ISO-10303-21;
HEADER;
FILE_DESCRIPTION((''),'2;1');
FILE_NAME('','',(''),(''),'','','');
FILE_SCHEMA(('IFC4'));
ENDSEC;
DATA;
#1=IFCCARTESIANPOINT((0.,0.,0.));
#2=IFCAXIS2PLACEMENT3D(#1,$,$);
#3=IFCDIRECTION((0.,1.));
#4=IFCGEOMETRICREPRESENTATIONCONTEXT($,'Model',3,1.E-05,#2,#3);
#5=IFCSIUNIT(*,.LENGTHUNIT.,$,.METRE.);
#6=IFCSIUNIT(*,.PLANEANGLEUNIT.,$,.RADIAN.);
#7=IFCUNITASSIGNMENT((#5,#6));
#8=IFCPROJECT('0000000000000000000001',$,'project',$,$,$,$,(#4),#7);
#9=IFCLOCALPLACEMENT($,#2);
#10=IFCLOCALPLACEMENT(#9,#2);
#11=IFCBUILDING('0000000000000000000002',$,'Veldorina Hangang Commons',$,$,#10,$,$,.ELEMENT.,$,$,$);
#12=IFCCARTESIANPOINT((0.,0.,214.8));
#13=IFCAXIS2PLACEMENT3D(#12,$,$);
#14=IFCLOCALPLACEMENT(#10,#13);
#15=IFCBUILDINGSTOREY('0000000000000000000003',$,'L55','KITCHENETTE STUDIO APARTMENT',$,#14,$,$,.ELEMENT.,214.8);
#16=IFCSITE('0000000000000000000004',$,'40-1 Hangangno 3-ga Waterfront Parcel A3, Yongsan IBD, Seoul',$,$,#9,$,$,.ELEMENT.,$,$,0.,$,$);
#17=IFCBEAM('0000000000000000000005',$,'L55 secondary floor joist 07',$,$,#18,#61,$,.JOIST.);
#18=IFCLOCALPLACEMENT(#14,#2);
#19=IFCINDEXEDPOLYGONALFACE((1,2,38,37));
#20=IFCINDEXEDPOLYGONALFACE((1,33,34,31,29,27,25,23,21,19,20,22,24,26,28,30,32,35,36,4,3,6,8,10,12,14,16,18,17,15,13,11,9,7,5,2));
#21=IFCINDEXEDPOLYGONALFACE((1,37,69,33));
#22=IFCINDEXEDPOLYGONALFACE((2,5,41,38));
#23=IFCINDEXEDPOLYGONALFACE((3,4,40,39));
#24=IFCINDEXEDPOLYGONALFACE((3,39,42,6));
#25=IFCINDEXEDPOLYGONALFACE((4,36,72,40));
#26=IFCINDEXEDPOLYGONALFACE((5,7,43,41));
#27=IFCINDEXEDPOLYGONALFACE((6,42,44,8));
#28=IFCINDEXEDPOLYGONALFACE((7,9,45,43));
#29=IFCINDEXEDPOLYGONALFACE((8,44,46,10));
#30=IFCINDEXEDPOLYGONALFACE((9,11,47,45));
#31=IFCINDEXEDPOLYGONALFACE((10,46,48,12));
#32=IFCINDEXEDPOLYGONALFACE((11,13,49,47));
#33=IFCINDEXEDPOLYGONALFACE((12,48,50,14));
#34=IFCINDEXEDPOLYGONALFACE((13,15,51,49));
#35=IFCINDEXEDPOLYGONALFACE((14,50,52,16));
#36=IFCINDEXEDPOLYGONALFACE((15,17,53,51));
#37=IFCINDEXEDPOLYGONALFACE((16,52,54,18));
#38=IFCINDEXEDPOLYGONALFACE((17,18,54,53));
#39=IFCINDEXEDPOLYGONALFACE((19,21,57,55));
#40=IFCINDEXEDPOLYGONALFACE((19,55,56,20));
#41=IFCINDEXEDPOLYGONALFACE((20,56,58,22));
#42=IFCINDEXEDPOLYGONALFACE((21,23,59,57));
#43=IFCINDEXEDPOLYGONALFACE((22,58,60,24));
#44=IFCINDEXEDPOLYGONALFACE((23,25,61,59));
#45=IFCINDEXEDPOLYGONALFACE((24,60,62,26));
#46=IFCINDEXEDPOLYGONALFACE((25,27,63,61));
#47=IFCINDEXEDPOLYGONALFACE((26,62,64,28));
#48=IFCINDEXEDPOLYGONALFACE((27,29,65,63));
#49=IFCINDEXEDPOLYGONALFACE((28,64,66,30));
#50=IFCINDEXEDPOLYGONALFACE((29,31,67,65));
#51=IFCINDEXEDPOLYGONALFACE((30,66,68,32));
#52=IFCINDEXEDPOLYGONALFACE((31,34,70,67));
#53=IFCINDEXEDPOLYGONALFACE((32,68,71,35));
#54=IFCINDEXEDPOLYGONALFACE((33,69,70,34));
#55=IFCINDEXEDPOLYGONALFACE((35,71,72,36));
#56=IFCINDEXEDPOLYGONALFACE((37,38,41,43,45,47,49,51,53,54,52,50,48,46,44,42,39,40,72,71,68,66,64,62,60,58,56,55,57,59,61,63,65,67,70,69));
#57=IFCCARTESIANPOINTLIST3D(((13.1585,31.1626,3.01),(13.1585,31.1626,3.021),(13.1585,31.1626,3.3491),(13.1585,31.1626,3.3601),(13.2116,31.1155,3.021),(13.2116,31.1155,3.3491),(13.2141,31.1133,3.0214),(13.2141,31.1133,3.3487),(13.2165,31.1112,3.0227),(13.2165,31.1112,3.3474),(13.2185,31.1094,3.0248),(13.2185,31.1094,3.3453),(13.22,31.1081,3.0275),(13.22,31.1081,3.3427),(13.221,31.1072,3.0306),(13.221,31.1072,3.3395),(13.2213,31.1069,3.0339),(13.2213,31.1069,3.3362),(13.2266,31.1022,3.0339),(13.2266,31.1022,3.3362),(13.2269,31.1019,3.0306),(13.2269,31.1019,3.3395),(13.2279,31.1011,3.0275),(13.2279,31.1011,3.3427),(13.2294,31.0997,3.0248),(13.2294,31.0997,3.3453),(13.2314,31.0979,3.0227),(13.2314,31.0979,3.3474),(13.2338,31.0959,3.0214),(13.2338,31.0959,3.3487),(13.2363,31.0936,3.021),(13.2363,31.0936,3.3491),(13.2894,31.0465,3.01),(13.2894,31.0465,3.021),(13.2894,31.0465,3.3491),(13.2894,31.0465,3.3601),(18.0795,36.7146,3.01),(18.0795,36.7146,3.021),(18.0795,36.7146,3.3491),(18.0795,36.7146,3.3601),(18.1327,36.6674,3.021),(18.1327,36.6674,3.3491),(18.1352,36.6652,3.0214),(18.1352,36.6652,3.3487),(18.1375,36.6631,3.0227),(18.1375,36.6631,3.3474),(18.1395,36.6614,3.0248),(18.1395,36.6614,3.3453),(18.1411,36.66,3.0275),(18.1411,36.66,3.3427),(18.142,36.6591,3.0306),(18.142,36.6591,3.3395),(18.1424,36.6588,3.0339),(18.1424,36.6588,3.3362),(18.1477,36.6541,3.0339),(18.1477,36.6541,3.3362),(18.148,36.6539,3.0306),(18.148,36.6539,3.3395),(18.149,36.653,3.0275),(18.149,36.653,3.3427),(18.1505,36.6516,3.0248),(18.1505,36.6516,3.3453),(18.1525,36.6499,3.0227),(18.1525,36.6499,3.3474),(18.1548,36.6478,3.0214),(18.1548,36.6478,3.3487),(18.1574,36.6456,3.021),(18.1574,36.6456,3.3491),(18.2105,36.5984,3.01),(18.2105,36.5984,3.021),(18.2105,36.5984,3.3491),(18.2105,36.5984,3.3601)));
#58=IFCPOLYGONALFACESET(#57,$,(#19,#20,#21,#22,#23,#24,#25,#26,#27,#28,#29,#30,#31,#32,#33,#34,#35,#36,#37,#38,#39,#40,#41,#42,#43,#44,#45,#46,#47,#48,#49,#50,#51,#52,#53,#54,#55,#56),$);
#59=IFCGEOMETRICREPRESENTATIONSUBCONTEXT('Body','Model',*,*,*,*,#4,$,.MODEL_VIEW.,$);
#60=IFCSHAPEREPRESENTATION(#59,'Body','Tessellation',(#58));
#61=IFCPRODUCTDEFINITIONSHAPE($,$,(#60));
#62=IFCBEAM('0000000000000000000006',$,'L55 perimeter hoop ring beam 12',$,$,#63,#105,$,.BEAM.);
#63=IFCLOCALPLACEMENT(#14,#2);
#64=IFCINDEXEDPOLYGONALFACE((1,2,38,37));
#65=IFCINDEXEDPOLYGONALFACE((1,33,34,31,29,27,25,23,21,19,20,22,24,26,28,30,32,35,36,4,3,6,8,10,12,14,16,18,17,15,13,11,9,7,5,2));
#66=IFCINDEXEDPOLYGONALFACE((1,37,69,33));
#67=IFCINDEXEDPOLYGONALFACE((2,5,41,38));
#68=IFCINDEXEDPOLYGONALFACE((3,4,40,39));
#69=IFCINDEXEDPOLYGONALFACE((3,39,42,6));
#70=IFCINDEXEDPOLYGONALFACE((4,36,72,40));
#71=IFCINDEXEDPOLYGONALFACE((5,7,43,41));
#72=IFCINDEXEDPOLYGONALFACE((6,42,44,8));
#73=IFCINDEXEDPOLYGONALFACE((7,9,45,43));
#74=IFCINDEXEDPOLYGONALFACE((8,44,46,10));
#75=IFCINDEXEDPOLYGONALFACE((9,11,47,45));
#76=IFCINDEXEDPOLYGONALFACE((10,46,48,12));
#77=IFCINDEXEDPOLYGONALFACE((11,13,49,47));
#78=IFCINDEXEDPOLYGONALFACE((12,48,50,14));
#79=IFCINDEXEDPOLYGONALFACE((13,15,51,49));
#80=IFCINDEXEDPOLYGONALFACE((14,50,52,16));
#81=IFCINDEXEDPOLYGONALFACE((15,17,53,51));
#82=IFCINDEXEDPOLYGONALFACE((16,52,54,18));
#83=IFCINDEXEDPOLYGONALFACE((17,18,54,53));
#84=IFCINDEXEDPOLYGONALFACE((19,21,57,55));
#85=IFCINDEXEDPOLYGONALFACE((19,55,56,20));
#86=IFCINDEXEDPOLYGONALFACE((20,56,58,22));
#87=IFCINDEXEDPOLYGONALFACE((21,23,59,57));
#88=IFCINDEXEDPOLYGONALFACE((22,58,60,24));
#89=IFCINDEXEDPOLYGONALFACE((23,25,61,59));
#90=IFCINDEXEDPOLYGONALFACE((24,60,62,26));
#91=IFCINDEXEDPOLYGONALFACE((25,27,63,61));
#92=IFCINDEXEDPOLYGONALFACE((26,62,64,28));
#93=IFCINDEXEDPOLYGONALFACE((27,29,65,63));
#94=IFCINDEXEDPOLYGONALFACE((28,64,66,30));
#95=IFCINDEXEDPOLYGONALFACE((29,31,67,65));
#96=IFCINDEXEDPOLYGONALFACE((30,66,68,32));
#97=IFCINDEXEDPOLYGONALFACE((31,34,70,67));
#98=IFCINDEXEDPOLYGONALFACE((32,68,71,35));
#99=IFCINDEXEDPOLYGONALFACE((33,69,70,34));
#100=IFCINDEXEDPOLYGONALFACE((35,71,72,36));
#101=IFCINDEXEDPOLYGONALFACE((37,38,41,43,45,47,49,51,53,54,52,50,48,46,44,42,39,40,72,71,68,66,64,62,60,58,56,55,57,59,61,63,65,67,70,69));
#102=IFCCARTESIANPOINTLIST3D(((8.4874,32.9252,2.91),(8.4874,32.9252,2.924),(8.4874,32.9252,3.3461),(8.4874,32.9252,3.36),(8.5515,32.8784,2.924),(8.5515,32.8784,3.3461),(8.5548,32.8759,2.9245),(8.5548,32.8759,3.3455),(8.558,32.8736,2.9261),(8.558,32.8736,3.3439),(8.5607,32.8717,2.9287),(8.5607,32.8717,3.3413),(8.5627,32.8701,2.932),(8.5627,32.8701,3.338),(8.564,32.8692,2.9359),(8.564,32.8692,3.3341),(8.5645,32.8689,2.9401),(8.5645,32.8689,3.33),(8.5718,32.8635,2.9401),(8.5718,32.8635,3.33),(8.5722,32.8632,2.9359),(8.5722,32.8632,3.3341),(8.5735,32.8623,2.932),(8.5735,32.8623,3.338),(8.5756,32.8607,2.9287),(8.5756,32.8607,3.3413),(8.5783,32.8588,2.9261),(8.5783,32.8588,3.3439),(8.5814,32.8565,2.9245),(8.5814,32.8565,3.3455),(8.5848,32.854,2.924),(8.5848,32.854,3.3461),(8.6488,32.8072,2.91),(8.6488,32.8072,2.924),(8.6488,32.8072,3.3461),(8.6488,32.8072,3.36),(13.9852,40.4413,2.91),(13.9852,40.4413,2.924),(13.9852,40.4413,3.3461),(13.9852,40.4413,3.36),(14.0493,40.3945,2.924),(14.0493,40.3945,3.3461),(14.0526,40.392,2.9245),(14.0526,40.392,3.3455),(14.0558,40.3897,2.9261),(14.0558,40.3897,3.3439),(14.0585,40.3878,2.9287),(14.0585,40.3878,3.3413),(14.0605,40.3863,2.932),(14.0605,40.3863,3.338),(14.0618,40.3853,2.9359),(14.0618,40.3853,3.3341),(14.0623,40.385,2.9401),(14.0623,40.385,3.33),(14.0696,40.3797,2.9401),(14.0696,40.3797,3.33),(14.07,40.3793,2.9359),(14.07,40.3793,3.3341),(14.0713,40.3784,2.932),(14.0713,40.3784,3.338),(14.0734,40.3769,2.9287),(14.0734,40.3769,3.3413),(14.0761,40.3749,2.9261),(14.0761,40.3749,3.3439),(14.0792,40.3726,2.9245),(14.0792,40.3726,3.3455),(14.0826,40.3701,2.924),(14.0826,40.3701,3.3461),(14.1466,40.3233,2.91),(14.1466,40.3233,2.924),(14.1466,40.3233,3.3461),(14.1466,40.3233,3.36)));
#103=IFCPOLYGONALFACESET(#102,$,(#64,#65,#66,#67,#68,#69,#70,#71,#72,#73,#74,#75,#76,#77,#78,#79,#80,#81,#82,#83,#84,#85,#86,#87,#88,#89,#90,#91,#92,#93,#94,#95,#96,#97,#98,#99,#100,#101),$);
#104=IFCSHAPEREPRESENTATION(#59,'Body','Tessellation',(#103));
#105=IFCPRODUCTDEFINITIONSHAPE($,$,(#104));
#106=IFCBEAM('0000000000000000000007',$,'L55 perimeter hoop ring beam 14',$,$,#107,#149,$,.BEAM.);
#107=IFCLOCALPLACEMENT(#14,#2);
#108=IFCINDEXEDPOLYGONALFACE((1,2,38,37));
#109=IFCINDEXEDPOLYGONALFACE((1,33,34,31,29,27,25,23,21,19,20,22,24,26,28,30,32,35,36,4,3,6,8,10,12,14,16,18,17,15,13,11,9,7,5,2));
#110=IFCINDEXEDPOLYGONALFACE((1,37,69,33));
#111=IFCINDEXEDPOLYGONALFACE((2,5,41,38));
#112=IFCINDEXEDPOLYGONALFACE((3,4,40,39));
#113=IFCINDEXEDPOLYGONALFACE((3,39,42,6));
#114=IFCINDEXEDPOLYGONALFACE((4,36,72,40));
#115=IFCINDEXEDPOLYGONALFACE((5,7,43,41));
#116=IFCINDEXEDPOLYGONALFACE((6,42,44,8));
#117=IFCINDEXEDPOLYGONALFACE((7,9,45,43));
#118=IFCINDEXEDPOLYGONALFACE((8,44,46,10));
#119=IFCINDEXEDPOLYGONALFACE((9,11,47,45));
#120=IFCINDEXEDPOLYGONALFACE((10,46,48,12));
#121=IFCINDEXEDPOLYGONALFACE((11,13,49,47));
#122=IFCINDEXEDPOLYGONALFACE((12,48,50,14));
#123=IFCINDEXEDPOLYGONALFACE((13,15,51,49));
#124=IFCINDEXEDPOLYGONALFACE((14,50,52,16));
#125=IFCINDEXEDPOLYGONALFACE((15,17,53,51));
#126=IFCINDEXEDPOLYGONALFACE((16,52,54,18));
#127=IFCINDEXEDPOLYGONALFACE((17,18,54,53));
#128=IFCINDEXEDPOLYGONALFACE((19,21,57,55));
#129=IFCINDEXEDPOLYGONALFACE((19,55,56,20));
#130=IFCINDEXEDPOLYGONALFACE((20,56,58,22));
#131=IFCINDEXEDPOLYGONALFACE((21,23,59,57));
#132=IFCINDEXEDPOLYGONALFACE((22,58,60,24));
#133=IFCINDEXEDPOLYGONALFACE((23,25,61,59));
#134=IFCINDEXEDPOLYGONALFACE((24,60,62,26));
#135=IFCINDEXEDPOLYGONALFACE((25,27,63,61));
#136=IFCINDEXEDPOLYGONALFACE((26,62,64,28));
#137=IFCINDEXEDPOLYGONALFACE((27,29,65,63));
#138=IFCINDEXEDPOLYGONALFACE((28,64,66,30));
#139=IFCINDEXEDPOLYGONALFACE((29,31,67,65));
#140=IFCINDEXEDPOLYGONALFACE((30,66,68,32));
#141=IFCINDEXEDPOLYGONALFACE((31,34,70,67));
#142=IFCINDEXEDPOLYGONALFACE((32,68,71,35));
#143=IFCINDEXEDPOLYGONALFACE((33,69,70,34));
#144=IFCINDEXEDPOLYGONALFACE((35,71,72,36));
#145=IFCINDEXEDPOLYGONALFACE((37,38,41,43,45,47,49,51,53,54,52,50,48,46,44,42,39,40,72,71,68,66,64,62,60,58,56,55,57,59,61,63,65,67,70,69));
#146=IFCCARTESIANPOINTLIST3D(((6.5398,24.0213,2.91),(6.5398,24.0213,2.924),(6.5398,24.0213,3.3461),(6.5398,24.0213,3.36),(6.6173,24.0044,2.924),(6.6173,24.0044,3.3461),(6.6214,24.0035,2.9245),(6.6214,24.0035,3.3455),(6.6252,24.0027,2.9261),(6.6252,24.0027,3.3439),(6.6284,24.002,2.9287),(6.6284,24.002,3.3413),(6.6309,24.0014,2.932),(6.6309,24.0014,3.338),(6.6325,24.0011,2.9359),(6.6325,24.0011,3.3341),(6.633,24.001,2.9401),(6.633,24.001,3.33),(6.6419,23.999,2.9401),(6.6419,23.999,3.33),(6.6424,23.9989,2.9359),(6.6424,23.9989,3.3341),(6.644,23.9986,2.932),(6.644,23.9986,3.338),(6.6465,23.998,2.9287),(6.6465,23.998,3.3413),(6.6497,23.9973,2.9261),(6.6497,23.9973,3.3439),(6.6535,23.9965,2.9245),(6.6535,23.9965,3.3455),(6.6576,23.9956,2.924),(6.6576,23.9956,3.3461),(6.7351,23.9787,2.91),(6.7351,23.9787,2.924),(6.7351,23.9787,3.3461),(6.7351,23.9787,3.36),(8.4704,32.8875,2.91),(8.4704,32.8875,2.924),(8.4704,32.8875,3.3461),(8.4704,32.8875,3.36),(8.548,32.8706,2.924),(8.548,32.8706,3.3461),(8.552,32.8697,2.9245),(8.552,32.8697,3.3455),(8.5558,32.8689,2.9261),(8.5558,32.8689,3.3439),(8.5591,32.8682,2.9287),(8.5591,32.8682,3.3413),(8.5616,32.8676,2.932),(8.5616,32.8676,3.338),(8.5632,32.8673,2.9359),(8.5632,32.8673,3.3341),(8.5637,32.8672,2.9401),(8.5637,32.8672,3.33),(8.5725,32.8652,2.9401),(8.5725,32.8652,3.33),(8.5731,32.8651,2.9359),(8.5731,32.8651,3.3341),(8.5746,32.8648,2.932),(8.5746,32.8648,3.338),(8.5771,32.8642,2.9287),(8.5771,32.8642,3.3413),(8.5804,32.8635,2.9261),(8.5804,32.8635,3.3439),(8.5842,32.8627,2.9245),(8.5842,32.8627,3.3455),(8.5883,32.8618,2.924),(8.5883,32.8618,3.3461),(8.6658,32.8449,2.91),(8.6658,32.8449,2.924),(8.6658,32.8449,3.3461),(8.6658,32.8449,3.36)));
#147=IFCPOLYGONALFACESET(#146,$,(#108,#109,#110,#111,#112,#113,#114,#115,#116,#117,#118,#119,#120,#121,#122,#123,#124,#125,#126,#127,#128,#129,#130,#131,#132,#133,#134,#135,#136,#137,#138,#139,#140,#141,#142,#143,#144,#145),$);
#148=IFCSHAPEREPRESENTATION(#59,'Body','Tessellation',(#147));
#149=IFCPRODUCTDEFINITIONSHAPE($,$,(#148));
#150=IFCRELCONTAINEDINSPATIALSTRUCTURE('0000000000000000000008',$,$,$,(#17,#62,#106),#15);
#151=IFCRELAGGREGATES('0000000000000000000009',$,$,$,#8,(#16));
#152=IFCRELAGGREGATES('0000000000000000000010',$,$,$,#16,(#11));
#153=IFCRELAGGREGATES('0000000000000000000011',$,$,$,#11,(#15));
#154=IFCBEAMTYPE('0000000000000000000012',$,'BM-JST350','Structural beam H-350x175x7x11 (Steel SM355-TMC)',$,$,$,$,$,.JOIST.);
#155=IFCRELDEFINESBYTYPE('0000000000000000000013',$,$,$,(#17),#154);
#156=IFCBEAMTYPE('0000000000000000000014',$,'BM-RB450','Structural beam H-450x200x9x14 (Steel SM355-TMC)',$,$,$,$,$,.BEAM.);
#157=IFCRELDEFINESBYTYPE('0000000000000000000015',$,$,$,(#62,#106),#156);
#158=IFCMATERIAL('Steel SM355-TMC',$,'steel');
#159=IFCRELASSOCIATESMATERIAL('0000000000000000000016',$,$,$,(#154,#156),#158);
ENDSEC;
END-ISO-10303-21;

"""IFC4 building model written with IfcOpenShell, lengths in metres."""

from ifc_helpers import new_model, si_unit, direction, frame, origin, origin_2d, place, context, subcontext, project, spatial, i_section, extrude, material, material_profile, profile_set, type_object, element, save


model = new_model("IFC4")

# Units and contexts
model_context = context("Model", 3, precision=1e-05, world=origin(), true_north=direction((0.0, 1.0)))
body_context = subcontext(model_context, "Body", "Model", "MODEL_VIEW")
ifc_project = project(units=[si_unit("LENGTHUNIT", "METRE"), si_unit("PLANEANGLEUNIT", "RADIAN")], contexts=[model_context])

# Site, building, storey
site_placement = place(None, origin())
site = spatial("IfcSite", under=ifc_project, at=site_placement, Name="40-1 Hangangno 3-ga Waterfront Parcel A3, Yongsan IBD, Seoul", CompositionType="ELEMENT", RefElevation=0.0)
building_placement = place(site_placement, origin())
building = spatial("IfcBuilding", under=site, at=building_placement, Name="Veldorina Hangang Commons", CompositionType="ELEMENT")
storey_placement = place(building_placement, frame((0.0, 0.0, 214.8)))
storey = spatial("IfcBuildingStorey", under=building, at=storey_placement, Name="L55", Description="KITCHENETTE STUDIO APARTMENT", CompositionType="ELEMENT", Elevation=214.8)

# Beams
ifc_material_1 = material(Name="Steel SM355-TMC", Category="steel")
ifc_material_profile_1 = material_profile(ifc_material_1, i_section(OverallWidth=0.175, OverallDepth=0.3501, WebThickness=0.0071, FlangeThickness=0.011, FilletRadius=0.0129, at=origin_2d()), Name="H-350x175x7x11")
ifc_profile_set_1 = profile_set([ifc_material_profile_1], Name="Steel SM355-TMC")
beam_type_1 = type_object("IfcBeamType", Name="BM-JST350", Description="Structural beam H-350x175x7x11 (Steel SM355-TMC)", PredefinedType="JOIST", material=ifc_profile_set_1)
beam_1_placement = place(storey_placement, frame((18.145, 36.6565, 3.1851), z_axis=(-0.663311, -0.748344, 0.0), x_axis=(0.748344, -0.663311, 0.0)))
element("IfcBeam", 1, at=beam_1_placement, inside=storey, type_object=beam_type_1, Name="L55 secondary floor joist 07", PredefinedType="JOIST", context=body_context, shape_type="SweptSolid", body=[
    extrude(i_section(OverallWidth=0.175, OverallDepth=0.3501, WebThickness=0.0071, FlangeThickness=0.011, FilletRadius=0.0129, at=origin_2d()), origin(), (0.0, 0.0, 1.0), 7.4189),
])
ifc_material_profile_2 = material_profile(ifc_material_1, i_section(OverallWidth=0.2, OverallDepth=0.45, WebThickness=0.009, FlangeThickness=0.0139, FilletRadius=0.0161, at=origin_2d()), Name="H-450x200x9x14")
ifc_profile_set_2 = profile_set([ifc_material_profile_2], Name="Steel SM355-TMC")
beam_type_2 = type_object("IfcBeamType", Name="BM-RB450", Description="Structural beam H-450x200x9x14 (Steel SM355-TMC)", PredefinedType="BEAM", material=ifc_profile_set_2)
beam_2_placement = place(storey_placement, frame((14.0659, 40.3823, 3.135), z_axis=(-0.590385, -0.807122, 0.0), x_axis=(0.807122, -0.590385, 0.0)))
element("IfcBeam", 2, at=beam_2_placement, inside=storey, type_object=beam_type_2, Name="L55 perimeter hoop ring beam 12", PredefinedType="BEAM", context=body_context, shape_type="SweptSolid", body=[
    extrude(i_section(OverallWidth=0.2, OverallDepth=0.45, WebThickness=0.009, FlangeThickness=0.0139, FilletRadius=0.0161, at=origin_2d()), origin(), (0.0, 0.0, 1.0), 9.3123),
])
beam_3_placement = place(storey_placement, frame((8.5681, 32.8662, 3.135), z_axis=(-0.212769, -0.977102, 0.0), x_axis=(0.977102, -0.212769, 0.0)))
element("IfcBeam", 3, at=beam_3_placement, inside=storey, type_object=beam_type_2, Name="L55 perimeter hoop ring beam 14", PredefinedType="BEAM", context=body_context, shape_type="SweptSolid", body=[
    extrude(i_section(OverallWidth=0.2, OverallDepth=0.45, WebThickness=0.009, FlangeThickness=0.0139, FilletRadius=0.0161, at=origin_2d()), origin(), (0.0, 0.0, 1.0), 9.074),
])

save(model, "model.ifc")
